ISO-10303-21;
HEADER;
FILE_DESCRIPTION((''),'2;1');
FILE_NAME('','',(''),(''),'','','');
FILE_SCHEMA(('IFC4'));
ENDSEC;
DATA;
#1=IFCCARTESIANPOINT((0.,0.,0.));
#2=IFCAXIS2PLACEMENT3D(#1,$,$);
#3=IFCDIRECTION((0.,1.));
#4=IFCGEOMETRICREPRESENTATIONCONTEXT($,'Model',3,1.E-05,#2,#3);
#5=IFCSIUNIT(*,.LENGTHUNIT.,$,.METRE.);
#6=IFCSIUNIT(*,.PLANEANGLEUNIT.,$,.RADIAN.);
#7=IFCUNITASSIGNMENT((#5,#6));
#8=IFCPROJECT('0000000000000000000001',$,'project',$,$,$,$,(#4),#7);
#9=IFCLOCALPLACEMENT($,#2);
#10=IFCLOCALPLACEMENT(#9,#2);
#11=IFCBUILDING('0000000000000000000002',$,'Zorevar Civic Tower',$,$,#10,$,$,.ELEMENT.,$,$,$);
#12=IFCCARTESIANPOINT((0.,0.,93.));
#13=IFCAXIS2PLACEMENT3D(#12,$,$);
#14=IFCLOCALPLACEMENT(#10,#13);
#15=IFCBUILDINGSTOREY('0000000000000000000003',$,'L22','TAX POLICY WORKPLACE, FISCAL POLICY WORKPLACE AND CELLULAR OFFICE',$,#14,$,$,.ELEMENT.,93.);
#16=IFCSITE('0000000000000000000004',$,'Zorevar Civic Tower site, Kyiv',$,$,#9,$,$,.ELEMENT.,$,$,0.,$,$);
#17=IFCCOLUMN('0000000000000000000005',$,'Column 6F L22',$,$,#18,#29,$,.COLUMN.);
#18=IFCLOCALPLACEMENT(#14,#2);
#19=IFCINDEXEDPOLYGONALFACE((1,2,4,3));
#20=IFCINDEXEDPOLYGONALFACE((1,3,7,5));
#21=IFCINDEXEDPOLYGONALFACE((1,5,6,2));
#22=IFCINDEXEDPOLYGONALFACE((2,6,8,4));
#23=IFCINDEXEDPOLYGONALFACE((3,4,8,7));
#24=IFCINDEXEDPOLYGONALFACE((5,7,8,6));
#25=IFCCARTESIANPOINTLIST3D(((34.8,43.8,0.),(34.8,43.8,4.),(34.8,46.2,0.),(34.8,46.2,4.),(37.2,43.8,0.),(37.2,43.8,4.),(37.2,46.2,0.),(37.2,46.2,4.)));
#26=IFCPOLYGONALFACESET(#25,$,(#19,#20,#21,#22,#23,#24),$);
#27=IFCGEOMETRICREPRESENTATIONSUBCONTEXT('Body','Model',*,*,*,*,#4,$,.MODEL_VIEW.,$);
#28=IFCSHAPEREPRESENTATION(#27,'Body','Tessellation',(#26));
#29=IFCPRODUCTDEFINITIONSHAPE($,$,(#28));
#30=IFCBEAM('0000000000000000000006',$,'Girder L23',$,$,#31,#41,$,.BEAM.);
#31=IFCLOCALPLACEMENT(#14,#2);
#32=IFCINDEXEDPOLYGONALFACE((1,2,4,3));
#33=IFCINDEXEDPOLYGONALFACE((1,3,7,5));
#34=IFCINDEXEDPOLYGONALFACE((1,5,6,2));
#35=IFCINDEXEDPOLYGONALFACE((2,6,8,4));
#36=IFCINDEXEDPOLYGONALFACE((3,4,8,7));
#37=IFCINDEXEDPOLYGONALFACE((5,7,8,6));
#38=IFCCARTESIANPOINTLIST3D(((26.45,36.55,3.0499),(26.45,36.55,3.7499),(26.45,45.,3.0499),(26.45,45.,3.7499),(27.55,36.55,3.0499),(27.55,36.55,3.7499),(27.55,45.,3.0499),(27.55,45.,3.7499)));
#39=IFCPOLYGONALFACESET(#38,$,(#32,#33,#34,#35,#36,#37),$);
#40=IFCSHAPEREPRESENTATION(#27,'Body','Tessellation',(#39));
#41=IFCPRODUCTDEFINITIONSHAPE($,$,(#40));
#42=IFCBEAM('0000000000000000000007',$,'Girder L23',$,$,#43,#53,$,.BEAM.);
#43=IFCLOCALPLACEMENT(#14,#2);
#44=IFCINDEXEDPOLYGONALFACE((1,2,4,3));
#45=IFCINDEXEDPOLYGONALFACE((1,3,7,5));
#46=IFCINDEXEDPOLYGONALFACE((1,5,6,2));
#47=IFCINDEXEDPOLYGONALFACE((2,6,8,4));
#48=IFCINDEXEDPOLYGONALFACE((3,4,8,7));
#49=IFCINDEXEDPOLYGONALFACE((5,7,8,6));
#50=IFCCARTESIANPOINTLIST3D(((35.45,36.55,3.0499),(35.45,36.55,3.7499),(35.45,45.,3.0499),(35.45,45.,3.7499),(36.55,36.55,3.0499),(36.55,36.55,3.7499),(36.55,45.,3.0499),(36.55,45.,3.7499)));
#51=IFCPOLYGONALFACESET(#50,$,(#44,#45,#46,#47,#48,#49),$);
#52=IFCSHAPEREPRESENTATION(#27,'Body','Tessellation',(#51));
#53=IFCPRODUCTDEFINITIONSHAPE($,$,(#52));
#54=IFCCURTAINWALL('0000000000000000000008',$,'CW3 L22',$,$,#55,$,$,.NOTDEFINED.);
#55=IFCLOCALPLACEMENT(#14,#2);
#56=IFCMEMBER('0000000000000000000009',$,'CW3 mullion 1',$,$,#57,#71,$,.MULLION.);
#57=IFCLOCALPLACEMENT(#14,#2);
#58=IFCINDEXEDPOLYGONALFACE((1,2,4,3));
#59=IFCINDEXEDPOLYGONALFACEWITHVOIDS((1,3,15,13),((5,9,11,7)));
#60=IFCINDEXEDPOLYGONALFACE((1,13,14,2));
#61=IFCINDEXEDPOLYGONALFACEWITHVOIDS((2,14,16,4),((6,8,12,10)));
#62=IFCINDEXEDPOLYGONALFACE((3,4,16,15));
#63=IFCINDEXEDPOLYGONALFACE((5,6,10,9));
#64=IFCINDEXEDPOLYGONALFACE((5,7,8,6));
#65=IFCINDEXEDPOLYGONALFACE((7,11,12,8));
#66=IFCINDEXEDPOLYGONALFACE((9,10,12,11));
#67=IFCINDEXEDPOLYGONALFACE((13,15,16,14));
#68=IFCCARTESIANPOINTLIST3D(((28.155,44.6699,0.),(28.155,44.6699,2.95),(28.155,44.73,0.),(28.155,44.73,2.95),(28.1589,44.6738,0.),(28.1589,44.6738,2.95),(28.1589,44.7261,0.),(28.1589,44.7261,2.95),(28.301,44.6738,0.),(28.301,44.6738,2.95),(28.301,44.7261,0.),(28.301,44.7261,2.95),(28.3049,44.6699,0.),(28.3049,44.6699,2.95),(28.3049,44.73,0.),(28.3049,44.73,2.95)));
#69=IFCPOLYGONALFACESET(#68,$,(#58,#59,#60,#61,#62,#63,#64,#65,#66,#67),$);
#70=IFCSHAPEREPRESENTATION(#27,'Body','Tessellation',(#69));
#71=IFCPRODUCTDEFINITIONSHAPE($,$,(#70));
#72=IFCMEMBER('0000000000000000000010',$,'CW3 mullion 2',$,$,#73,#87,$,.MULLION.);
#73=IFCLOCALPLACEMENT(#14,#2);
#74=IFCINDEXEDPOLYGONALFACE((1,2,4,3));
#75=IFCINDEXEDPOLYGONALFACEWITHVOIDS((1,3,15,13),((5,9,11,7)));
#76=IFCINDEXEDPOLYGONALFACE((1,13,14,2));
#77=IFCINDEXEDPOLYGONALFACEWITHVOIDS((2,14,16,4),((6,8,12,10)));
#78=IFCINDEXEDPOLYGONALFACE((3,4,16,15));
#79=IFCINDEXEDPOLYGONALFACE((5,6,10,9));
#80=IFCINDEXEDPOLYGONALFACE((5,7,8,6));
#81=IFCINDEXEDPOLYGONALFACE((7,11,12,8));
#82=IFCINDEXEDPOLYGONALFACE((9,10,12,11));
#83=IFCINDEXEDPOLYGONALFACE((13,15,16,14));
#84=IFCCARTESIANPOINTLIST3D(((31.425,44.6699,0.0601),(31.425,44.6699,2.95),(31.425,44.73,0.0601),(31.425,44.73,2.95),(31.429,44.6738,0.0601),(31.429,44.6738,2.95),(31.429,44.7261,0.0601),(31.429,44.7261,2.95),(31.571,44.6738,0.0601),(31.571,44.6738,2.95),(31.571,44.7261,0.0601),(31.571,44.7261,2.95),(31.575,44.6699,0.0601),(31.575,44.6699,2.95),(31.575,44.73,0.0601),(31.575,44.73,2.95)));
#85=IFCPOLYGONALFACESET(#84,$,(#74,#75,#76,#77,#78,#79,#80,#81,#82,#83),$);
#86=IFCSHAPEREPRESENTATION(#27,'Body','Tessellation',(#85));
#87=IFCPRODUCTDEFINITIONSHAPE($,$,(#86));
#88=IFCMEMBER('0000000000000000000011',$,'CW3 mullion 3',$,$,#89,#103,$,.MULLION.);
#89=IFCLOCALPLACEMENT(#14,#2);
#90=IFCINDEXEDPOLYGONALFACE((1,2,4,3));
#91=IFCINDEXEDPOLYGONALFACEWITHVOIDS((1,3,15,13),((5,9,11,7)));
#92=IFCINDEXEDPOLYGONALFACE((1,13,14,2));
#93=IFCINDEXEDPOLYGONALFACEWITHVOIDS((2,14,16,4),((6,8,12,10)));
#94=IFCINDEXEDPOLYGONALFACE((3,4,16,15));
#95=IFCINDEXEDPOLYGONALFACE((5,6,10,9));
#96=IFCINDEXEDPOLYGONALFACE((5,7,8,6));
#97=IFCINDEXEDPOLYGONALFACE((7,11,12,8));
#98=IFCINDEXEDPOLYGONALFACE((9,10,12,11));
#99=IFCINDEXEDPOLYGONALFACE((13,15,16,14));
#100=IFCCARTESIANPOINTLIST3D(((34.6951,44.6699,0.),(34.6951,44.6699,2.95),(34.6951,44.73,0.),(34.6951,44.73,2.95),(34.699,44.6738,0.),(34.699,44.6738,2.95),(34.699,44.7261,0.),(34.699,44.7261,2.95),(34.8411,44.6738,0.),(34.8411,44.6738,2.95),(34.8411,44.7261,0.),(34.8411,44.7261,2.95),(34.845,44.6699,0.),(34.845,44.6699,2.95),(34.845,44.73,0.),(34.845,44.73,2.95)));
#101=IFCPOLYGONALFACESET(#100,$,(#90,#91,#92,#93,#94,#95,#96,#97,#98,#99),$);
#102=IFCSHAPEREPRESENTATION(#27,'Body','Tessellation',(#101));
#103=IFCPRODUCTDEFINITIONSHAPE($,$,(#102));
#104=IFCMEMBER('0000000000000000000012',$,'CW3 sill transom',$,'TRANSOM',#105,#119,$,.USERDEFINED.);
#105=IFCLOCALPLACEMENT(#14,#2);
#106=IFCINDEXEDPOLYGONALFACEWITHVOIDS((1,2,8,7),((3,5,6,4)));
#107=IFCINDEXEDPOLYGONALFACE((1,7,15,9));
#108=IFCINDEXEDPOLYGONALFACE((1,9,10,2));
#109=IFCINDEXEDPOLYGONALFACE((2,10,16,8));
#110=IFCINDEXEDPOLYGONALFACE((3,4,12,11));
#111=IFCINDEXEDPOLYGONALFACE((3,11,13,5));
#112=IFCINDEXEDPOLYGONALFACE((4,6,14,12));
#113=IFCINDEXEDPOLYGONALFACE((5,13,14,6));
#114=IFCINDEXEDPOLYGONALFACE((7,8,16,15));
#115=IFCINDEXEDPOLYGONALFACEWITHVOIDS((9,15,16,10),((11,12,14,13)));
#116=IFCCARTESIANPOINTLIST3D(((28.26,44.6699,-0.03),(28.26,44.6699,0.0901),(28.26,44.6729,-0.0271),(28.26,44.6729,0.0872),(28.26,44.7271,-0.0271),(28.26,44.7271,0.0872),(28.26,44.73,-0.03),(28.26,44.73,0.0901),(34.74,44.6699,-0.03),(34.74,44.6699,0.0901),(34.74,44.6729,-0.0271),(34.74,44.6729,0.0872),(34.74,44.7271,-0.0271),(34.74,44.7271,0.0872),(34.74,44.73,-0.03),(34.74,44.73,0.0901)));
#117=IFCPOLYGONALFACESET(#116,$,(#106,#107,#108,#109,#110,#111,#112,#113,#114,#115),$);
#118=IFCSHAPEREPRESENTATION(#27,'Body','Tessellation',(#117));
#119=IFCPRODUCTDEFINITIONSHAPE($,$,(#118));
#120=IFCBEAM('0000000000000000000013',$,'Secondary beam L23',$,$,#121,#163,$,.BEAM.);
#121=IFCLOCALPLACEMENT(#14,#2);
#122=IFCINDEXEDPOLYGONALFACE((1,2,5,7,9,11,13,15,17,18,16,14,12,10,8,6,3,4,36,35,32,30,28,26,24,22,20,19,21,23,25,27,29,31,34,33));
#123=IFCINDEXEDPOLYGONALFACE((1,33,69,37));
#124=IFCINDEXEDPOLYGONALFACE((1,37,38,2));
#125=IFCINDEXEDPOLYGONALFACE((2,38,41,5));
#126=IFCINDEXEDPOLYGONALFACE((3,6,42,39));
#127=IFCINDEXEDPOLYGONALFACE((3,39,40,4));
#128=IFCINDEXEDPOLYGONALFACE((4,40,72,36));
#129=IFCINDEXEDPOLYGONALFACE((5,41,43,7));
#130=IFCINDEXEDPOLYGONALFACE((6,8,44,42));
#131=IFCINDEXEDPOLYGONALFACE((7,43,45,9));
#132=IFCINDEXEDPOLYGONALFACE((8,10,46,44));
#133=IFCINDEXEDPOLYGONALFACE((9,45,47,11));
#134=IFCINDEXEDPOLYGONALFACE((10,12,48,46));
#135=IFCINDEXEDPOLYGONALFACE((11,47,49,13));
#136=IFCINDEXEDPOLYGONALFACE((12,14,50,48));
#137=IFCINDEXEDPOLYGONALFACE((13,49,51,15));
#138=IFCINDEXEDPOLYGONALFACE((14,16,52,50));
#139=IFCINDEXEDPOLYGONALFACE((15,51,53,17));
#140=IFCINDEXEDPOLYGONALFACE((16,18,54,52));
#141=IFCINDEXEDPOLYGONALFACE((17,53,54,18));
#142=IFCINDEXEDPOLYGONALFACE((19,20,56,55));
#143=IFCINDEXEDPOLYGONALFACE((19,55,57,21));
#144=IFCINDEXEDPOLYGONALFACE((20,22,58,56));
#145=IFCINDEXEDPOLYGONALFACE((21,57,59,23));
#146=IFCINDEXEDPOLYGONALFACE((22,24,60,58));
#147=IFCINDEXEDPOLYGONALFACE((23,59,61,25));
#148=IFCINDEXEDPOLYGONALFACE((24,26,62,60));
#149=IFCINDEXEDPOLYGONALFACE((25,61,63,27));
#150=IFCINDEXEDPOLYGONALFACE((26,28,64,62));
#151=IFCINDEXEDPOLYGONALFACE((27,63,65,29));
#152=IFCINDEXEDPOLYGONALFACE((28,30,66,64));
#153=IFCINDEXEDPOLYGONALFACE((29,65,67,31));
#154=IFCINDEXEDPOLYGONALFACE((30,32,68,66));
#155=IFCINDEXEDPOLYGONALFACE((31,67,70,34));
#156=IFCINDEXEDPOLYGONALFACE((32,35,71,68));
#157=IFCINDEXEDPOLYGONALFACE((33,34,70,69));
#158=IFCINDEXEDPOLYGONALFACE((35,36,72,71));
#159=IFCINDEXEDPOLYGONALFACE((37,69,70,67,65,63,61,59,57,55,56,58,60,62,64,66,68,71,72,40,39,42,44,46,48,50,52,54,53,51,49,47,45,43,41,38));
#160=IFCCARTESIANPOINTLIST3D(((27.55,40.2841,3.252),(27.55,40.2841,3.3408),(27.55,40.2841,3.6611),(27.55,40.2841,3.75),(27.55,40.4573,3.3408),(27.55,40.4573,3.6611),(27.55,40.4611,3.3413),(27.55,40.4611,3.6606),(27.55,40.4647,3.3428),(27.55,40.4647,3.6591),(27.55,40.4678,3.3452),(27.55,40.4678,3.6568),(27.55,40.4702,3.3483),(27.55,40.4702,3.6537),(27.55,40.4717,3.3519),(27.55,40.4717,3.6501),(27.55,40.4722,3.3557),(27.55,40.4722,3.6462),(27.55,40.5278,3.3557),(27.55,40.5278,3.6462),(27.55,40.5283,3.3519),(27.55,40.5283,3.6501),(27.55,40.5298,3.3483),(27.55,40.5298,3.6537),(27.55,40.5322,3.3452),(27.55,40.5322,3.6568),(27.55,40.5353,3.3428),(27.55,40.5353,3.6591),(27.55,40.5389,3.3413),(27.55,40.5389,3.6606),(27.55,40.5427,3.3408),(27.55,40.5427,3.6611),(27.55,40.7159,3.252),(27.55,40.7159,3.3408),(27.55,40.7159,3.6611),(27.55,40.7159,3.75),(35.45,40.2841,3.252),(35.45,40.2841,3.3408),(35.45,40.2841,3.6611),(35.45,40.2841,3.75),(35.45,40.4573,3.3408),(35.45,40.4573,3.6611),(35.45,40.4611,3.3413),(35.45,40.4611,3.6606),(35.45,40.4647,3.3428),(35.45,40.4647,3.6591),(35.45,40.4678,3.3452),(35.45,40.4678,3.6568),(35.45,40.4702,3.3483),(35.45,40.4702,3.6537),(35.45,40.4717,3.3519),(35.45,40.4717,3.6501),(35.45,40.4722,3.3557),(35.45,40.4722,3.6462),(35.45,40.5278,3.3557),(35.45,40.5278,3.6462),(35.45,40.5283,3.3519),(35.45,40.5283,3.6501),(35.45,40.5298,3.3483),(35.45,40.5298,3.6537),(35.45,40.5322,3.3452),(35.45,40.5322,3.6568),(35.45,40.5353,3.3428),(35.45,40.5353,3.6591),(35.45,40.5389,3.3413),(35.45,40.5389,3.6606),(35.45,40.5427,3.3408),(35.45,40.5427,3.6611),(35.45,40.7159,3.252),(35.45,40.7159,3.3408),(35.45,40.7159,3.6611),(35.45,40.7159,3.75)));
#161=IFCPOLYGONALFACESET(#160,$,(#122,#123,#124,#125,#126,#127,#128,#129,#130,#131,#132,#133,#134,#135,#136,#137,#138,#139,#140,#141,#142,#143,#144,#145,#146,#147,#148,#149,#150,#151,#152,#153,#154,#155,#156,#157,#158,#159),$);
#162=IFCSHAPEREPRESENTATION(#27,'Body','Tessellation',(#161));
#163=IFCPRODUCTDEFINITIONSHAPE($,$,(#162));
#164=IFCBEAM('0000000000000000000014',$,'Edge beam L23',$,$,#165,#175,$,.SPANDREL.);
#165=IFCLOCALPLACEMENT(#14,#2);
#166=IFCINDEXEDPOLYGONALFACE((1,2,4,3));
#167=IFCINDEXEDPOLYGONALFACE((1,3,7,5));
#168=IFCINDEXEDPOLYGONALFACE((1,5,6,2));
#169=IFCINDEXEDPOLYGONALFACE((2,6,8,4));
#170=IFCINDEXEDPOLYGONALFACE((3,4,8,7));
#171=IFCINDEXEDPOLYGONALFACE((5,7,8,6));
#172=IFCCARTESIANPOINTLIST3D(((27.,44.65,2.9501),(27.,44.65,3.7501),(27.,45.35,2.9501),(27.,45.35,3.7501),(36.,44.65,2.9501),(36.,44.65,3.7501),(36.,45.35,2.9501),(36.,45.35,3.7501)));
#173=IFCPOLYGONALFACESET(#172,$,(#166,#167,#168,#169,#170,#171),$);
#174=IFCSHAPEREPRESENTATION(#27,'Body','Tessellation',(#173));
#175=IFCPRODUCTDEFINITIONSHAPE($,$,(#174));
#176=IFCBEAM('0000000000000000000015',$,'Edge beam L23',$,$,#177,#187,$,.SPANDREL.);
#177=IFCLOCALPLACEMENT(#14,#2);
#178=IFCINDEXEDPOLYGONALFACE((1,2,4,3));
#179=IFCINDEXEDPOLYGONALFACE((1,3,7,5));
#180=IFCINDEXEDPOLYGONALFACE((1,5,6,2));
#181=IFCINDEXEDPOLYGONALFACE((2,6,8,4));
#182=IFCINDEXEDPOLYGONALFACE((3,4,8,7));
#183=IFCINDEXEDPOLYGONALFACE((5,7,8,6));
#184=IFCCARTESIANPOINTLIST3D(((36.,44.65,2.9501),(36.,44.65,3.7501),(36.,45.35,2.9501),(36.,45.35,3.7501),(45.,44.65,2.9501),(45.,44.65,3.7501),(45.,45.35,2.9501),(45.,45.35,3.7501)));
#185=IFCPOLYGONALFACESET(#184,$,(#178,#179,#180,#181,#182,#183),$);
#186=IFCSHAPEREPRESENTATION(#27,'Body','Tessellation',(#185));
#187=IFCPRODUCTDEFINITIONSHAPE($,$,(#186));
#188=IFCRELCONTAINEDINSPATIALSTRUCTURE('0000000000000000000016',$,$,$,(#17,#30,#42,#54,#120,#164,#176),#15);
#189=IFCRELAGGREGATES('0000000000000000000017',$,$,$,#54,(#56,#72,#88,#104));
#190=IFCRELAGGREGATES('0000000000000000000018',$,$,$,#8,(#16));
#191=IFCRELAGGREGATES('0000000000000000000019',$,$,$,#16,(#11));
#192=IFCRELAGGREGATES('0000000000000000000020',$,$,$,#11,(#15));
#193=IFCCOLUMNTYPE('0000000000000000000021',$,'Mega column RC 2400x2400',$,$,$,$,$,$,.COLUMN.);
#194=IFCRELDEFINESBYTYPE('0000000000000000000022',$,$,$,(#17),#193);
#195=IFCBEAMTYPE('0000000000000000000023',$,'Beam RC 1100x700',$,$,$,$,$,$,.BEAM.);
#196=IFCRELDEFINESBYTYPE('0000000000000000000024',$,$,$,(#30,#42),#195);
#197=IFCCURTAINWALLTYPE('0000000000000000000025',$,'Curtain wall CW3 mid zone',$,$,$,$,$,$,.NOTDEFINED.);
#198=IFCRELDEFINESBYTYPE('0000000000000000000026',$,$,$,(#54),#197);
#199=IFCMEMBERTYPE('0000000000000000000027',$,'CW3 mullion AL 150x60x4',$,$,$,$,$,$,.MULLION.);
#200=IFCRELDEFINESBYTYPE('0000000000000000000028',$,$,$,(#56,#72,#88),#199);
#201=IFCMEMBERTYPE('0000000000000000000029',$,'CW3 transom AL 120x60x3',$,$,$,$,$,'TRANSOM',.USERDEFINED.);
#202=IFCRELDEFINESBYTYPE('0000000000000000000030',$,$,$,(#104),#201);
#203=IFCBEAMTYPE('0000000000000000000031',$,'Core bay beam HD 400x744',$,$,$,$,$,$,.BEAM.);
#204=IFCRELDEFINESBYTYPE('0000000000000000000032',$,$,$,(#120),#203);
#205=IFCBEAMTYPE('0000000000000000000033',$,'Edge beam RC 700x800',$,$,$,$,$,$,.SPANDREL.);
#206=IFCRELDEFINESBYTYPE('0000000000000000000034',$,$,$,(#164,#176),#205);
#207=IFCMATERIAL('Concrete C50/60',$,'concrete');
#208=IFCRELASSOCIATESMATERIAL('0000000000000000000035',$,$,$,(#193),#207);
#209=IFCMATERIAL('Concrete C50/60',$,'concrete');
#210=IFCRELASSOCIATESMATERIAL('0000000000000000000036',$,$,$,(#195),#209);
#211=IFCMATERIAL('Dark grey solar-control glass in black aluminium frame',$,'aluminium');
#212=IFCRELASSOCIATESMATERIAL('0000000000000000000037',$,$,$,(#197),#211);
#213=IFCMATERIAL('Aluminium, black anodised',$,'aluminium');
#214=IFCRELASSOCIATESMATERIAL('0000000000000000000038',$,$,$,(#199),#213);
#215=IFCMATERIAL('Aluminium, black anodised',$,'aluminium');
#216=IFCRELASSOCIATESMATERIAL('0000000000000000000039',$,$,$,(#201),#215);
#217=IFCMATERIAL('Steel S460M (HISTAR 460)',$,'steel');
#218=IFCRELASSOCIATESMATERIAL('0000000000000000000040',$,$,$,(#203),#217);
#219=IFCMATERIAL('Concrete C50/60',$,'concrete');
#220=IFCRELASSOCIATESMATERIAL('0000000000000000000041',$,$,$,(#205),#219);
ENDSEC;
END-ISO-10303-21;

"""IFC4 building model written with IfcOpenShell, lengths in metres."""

from ifc_helpers import new_model, si_unit, direction, frame, origin, origin_2d, place, context, subcontext, project, spatial, rectangle, hollow_rectangle, i_section, extrude, material, material_profile, profile_set, type_object, element, aggregate, save


model = new_model("IFC4")

# Units and contexts
model_context = context("Model", 3, precision=1e-05, world=origin(), true_north=direction((0.0, 1.0)))
body_context = subcontext(model_context, "Body", "Model", "MODEL_VIEW")
ifc_project = project(units=[si_unit("LENGTHUNIT", "METRE"), si_unit("PLANEANGLEUNIT", "RADIAN")], contexts=[model_context])

# Site, building, storey
site_placement = place(None, origin())
site = spatial("IfcSite", under=ifc_project, at=site_placement, Name="Zorevar Civic Tower site, Kyiv", CompositionType="ELEMENT", RefElevation=0.0)
building_placement = place(site_placement, origin())
building = spatial("IfcBuilding", under=site, at=building_placement, Name="Zorevar Civic Tower", CompositionType="ELEMENT")
storey_placement = place(building_placement, frame((0.0, 0.0, 93.0)))
storey = spatial("IfcBuildingStorey", under=building, at=storey_placement, Name="L22", Description="TAX POLICY WORKPLACE, FISCAL POLICY WORKPLACE AND CELLULAR OFFICE", CompositionType="ELEMENT", Elevation=93.0)

# Column
ifc_material_1 = material(Name="Concrete C50/60", Category="concrete")
ifc_material_profile_1 = material_profile(ifc_material_1, rectangle(XDim=2.3999, YDim=2.3999, at=origin_2d()), Name="RC 2400x2400")
ifc_profile_set_1 = profile_set([ifc_material_profile_1], Name="Concrete C50/60")
column_type = type_object("IfcColumnType", Name="Mega column RC 2400x2400", PredefinedType="COLUMN", material=ifc_profile_set_1)
column_placement = place(storey_placement, frame((36.0, 45.0, 0.0), z_axis=(0.0, 0.0, 1.0), x_axis=(1.0, 0.0, 0.0)))
element("IfcColumn", 1, at=column_placement, inside=storey, type_object=column_type, Name="Column 6F L22", PredefinedType="COLUMN", context=body_context, shape_type="SweptSolid", body=[
    extrude(rectangle(XDim=2.3999, YDim=2.3999, at=origin_2d()), origin(), (0.0, 0.0, 1.0), 4.0),
])

# Beams
ifc_material_2 = material(Name="Concrete C50/60", Category="concrete")
ifc_material_profile_2 = material_profile(ifc_material_2, rectangle(XDim=1.1001, YDim=0.7, at=origin_2d()), Name="RC 1100x700")
ifc_profile_set_2 = profile_set([ifc_material_profile_2], Name="Concrete C50/60")
beam_type_1 = type_object("IfcBeamType", Name="Beam RC 1100x700", PredefinedType="BEAM", material=ifc_profile_set_2)
for number, where, z_axis, x_axis, name in (
    (2, (27.0, 36.55, 3.3999), (0.0, 1.0, 0.0), (-1.0, 0.0, 0.0), "Girder L23"),
    (3, (36.0, 36.55, 3.3999), (0.0, 1.0, 0.0), (-1.0, 0.0, 0.0), "Girder L23"),
):
    element("IfcBeam", number, at=place(storey_placement, frame(where, z_axis=z_axis, x_axis=x_axis)), inside=storey, type_object=beam_type_1, Name=name, PredefinedType="BEAM", context=body_context, shape_type="SweptSolid", body=[
        extrude(rectangle(XDim=1.1001, YDim=0.7, at=origin_2d()), origin(), (0.0, 0.0, 1.0), 8.45),
    ])

# Curtain wall, members
ifc_material_3 = material(Name="Dark grey solar-control glass in black aluminium frame", Category="aluminium")
curtain_wall_type = type_object("IfcCurtainWallType", Name="Curtain wall CW3 mid zone", PredefinedType="NOTDEFINED", material=ifc_material_3)
curtain_wall_placement = place(storey_placement, origin())
curtain_wall = element("IfcCurtainWall", 4, at=curtain_wall_placement, inside=storey, type_object=curtain_wall_type, Name="CW3 L22", PredefinedType="NOTDEFINED")
ifc_material_4 = material(Name="Aluminium, black anodised", Category="aluminium")
ifc_material_profile_3 = material_profile(ifc_material_4, hollow_rectangle(XDim=0.0601, YDim=0.1499, WallThickness=0.0039, at=origin_2d()), Name="AL 150x60x4")
ifc_profile_set_3 = profile_set([ifc_material_profile_3], Name="Aluminium, black anodised")
member_type_1 = type_object("IfcMemberType", Name="CW3 mullion AL 150x60x4", PredefinedType="MULLION", material=ifc_profile_set_3)
member_1_placement = place(storey_placement, frame((28.23, 44.7, 0.0), z_axis=(0.0, 0.0, 1.0), x_axis=(0.0, 1.0, 0.0)))
member_1 = element("IfcMember", 5, at=member_1_placement, type_object=member_type_1, Name="CW3 mullion 1", PredefinedType="MULLION", context=body_context, shape_type="SweptSolid", body=[
    extrude(hollow_rectangle(XDim=0.0601, YDim=0.1499, WallThickness=0.0039, at=origin_2d()), origin(), (0.0, 0.0, 1.0), 2.95),
])
member_2_placement = place(storey_placement, frame((31.5, 44.7, 0.0601), z_axis=(0.0, 0.0, 1.0), x_axis=(0.0, 1.0, 0.0)))
member_2 = element("IfcMember", 6, at=member_2_placement, type_object=member_type_1, Name="CW3 mullion 2", PredefinedType="MULLION", context=body_context, shape_type="SweptSolid", body=[
    extrude(hollow_rectangle(XDim=0.0601, YDim=0.1499, WallThickness=0.0039, at=origin_2d()), origin(), (0.0, 0.0, 1.0), 2.8899),
])
member_3_placement = place(storey_placement, frame((34.77, 44.7, 0.0), z_axis=(0.0, 0.0, 1.0), x_axis=(0.0, 1.0, 0.0)))
member_3 = element("IfcMember", 7, at=member_3_placement, type_object=member_type_1, Name="CW3 mullion 3", PredefinedType="MULLION", context=body_context, shape_type="SweptSolid", body=[
    extrude(hollow_rectangle(XDim=0.0601, YDim=0.1499, WallThickness=0.0039, at=origin_2d()), origin(), (0.0, 0.0, 1.0), 2.95),
])
ifc_material_5 = material(Name="Aluminium, black anodised", Category="aluminium")
ifc_material_profile_4 = material_profile(ifc_material_5, hollow_rectangle(XDim=0.0601, YDim=0.1201, WallThickness=0.0029, at=origin_2d()), Name="AL 120x60x3")
ifc_profile_set_4 = profile_set([ifc_material_profile_4], Name="Aluminium, black anodised")
member_type_2 = type_object("IfcMemberType", Name="CW3 transom AL 120x60x3", ElementType="TRANSOM", PredefinedType="USERDEFINED", material=ifc_profile_set_4)
member_4_placement = place(storey_placement, frame((28.26, 44.7, 0.03), z_axis=(1.0, 0.0, 0.0), x_axis=(0.0, 1.0, 0.0)))
member_4 = element("IfcMember", 8, at=member_4_placement, type_object=member_type_2, Name="CW3 sill transom", ObjectType="TRANSOM", PredefinedType="USERDEFINED", context=body_context, shape_type="SweptSolid", body=[
    extrude(hollow_rectangle(XDim=0.0601, YDim=0.1201, WallThickness=0.0029, at=origin_2d()), origin(), (0.0, 0.0, 1.0), 6.48),
])

# Beams
ifc_material_6 = material(Name="Steel S460M (HISTAR 460)", Category="steel")
ifc_material_profile_5 = material_profile(ifc_material_6, i_section(OverallWidth=0.4319, OverallDepth=0.498, WebThickness=0.0557, FlangeThickness=0.0889, FilletRadius=0.0149, at=origin_2d()), Name="HD 400x744")
ifc_profile_set_5 = profile_set([ifc_material_profile_5], Name="Steel S460M (HISTAR 460)")
beam_type_2 = type_object("IfcBeamType", Name="Core bay beam HD 400x744", PredefinedType="BEAM", material=ifc_profile_set_5)
beam_placement = place(storey_placement, frame((27.55, 40.5, 3.501), z_axis=(1.0, 0.0, 0.0), x_axis=(0.0, 1.0, 0.0)))
element("IfcBeam", 9, at=beam_placement, inside=storey, type_object=beam_type_2, Name="Secondary beam L23", PredefinedType="BEAM", context=body_context, shape_type="SweptSolid", body=[
    extrude(i_section(OverallWidth=0.4319, OverallDepth=0.498, WebThickness=0.0557, FlangeThickness=0.0889, FilletRadius=0.0149, at=origin_2d()), origin(), (0.0, 0.0, 1.0), 7.8999),
])
ifc_material_7 = material(Name="Concrete C50/60", Category="concrete")
ifc_material_profile_6 = material_profile(ifc_material_7, rectangle(XDim=0.7, YDim=0.8, at=origin_2d()), Name="RC 700x800")
ifc_profile_set_6 = profile_set([ifc_material_profile_6], Name="Concrete C50/60")
beam_type_3 = type_object("IfcBeamType", Name="Edge beam RC 700x800", PredefinedType="SPANDREL", material=ifc_profile_set_6)
for number, where, z_axis, x_axis, name in (
    (10, (27.0, 45.0, 3.3501), (1.0, 0.0, 0.0), (0.0, 1.0, 0.0), "Edge beam L23"),
    (11, (36.0, 45.0, 3.3501), (1.0, 0.0, 0.0), (0.0, 1.0, 0.0), "Edge beam L23"),
):
    element("IfcBeam", number, at=place(storey_placement, frame(where, z_axis=z_axis, x_axis=x_axis)), inside=storey, type_object=beam_type_3, Name=name, PredefinedType="SPANDREL", context=body_context, shape_type="SweptSolid", body=[
        extrude(rectangle(XDim=0.7, YDim=0.8, at=origin_2d()), origin(), (0.0, 0.0, 1.0), 9.0),
    ])

aggregate(curtain_wall, [member_1, member_2, member_3, member_4])

save(model, "model.ifc")
